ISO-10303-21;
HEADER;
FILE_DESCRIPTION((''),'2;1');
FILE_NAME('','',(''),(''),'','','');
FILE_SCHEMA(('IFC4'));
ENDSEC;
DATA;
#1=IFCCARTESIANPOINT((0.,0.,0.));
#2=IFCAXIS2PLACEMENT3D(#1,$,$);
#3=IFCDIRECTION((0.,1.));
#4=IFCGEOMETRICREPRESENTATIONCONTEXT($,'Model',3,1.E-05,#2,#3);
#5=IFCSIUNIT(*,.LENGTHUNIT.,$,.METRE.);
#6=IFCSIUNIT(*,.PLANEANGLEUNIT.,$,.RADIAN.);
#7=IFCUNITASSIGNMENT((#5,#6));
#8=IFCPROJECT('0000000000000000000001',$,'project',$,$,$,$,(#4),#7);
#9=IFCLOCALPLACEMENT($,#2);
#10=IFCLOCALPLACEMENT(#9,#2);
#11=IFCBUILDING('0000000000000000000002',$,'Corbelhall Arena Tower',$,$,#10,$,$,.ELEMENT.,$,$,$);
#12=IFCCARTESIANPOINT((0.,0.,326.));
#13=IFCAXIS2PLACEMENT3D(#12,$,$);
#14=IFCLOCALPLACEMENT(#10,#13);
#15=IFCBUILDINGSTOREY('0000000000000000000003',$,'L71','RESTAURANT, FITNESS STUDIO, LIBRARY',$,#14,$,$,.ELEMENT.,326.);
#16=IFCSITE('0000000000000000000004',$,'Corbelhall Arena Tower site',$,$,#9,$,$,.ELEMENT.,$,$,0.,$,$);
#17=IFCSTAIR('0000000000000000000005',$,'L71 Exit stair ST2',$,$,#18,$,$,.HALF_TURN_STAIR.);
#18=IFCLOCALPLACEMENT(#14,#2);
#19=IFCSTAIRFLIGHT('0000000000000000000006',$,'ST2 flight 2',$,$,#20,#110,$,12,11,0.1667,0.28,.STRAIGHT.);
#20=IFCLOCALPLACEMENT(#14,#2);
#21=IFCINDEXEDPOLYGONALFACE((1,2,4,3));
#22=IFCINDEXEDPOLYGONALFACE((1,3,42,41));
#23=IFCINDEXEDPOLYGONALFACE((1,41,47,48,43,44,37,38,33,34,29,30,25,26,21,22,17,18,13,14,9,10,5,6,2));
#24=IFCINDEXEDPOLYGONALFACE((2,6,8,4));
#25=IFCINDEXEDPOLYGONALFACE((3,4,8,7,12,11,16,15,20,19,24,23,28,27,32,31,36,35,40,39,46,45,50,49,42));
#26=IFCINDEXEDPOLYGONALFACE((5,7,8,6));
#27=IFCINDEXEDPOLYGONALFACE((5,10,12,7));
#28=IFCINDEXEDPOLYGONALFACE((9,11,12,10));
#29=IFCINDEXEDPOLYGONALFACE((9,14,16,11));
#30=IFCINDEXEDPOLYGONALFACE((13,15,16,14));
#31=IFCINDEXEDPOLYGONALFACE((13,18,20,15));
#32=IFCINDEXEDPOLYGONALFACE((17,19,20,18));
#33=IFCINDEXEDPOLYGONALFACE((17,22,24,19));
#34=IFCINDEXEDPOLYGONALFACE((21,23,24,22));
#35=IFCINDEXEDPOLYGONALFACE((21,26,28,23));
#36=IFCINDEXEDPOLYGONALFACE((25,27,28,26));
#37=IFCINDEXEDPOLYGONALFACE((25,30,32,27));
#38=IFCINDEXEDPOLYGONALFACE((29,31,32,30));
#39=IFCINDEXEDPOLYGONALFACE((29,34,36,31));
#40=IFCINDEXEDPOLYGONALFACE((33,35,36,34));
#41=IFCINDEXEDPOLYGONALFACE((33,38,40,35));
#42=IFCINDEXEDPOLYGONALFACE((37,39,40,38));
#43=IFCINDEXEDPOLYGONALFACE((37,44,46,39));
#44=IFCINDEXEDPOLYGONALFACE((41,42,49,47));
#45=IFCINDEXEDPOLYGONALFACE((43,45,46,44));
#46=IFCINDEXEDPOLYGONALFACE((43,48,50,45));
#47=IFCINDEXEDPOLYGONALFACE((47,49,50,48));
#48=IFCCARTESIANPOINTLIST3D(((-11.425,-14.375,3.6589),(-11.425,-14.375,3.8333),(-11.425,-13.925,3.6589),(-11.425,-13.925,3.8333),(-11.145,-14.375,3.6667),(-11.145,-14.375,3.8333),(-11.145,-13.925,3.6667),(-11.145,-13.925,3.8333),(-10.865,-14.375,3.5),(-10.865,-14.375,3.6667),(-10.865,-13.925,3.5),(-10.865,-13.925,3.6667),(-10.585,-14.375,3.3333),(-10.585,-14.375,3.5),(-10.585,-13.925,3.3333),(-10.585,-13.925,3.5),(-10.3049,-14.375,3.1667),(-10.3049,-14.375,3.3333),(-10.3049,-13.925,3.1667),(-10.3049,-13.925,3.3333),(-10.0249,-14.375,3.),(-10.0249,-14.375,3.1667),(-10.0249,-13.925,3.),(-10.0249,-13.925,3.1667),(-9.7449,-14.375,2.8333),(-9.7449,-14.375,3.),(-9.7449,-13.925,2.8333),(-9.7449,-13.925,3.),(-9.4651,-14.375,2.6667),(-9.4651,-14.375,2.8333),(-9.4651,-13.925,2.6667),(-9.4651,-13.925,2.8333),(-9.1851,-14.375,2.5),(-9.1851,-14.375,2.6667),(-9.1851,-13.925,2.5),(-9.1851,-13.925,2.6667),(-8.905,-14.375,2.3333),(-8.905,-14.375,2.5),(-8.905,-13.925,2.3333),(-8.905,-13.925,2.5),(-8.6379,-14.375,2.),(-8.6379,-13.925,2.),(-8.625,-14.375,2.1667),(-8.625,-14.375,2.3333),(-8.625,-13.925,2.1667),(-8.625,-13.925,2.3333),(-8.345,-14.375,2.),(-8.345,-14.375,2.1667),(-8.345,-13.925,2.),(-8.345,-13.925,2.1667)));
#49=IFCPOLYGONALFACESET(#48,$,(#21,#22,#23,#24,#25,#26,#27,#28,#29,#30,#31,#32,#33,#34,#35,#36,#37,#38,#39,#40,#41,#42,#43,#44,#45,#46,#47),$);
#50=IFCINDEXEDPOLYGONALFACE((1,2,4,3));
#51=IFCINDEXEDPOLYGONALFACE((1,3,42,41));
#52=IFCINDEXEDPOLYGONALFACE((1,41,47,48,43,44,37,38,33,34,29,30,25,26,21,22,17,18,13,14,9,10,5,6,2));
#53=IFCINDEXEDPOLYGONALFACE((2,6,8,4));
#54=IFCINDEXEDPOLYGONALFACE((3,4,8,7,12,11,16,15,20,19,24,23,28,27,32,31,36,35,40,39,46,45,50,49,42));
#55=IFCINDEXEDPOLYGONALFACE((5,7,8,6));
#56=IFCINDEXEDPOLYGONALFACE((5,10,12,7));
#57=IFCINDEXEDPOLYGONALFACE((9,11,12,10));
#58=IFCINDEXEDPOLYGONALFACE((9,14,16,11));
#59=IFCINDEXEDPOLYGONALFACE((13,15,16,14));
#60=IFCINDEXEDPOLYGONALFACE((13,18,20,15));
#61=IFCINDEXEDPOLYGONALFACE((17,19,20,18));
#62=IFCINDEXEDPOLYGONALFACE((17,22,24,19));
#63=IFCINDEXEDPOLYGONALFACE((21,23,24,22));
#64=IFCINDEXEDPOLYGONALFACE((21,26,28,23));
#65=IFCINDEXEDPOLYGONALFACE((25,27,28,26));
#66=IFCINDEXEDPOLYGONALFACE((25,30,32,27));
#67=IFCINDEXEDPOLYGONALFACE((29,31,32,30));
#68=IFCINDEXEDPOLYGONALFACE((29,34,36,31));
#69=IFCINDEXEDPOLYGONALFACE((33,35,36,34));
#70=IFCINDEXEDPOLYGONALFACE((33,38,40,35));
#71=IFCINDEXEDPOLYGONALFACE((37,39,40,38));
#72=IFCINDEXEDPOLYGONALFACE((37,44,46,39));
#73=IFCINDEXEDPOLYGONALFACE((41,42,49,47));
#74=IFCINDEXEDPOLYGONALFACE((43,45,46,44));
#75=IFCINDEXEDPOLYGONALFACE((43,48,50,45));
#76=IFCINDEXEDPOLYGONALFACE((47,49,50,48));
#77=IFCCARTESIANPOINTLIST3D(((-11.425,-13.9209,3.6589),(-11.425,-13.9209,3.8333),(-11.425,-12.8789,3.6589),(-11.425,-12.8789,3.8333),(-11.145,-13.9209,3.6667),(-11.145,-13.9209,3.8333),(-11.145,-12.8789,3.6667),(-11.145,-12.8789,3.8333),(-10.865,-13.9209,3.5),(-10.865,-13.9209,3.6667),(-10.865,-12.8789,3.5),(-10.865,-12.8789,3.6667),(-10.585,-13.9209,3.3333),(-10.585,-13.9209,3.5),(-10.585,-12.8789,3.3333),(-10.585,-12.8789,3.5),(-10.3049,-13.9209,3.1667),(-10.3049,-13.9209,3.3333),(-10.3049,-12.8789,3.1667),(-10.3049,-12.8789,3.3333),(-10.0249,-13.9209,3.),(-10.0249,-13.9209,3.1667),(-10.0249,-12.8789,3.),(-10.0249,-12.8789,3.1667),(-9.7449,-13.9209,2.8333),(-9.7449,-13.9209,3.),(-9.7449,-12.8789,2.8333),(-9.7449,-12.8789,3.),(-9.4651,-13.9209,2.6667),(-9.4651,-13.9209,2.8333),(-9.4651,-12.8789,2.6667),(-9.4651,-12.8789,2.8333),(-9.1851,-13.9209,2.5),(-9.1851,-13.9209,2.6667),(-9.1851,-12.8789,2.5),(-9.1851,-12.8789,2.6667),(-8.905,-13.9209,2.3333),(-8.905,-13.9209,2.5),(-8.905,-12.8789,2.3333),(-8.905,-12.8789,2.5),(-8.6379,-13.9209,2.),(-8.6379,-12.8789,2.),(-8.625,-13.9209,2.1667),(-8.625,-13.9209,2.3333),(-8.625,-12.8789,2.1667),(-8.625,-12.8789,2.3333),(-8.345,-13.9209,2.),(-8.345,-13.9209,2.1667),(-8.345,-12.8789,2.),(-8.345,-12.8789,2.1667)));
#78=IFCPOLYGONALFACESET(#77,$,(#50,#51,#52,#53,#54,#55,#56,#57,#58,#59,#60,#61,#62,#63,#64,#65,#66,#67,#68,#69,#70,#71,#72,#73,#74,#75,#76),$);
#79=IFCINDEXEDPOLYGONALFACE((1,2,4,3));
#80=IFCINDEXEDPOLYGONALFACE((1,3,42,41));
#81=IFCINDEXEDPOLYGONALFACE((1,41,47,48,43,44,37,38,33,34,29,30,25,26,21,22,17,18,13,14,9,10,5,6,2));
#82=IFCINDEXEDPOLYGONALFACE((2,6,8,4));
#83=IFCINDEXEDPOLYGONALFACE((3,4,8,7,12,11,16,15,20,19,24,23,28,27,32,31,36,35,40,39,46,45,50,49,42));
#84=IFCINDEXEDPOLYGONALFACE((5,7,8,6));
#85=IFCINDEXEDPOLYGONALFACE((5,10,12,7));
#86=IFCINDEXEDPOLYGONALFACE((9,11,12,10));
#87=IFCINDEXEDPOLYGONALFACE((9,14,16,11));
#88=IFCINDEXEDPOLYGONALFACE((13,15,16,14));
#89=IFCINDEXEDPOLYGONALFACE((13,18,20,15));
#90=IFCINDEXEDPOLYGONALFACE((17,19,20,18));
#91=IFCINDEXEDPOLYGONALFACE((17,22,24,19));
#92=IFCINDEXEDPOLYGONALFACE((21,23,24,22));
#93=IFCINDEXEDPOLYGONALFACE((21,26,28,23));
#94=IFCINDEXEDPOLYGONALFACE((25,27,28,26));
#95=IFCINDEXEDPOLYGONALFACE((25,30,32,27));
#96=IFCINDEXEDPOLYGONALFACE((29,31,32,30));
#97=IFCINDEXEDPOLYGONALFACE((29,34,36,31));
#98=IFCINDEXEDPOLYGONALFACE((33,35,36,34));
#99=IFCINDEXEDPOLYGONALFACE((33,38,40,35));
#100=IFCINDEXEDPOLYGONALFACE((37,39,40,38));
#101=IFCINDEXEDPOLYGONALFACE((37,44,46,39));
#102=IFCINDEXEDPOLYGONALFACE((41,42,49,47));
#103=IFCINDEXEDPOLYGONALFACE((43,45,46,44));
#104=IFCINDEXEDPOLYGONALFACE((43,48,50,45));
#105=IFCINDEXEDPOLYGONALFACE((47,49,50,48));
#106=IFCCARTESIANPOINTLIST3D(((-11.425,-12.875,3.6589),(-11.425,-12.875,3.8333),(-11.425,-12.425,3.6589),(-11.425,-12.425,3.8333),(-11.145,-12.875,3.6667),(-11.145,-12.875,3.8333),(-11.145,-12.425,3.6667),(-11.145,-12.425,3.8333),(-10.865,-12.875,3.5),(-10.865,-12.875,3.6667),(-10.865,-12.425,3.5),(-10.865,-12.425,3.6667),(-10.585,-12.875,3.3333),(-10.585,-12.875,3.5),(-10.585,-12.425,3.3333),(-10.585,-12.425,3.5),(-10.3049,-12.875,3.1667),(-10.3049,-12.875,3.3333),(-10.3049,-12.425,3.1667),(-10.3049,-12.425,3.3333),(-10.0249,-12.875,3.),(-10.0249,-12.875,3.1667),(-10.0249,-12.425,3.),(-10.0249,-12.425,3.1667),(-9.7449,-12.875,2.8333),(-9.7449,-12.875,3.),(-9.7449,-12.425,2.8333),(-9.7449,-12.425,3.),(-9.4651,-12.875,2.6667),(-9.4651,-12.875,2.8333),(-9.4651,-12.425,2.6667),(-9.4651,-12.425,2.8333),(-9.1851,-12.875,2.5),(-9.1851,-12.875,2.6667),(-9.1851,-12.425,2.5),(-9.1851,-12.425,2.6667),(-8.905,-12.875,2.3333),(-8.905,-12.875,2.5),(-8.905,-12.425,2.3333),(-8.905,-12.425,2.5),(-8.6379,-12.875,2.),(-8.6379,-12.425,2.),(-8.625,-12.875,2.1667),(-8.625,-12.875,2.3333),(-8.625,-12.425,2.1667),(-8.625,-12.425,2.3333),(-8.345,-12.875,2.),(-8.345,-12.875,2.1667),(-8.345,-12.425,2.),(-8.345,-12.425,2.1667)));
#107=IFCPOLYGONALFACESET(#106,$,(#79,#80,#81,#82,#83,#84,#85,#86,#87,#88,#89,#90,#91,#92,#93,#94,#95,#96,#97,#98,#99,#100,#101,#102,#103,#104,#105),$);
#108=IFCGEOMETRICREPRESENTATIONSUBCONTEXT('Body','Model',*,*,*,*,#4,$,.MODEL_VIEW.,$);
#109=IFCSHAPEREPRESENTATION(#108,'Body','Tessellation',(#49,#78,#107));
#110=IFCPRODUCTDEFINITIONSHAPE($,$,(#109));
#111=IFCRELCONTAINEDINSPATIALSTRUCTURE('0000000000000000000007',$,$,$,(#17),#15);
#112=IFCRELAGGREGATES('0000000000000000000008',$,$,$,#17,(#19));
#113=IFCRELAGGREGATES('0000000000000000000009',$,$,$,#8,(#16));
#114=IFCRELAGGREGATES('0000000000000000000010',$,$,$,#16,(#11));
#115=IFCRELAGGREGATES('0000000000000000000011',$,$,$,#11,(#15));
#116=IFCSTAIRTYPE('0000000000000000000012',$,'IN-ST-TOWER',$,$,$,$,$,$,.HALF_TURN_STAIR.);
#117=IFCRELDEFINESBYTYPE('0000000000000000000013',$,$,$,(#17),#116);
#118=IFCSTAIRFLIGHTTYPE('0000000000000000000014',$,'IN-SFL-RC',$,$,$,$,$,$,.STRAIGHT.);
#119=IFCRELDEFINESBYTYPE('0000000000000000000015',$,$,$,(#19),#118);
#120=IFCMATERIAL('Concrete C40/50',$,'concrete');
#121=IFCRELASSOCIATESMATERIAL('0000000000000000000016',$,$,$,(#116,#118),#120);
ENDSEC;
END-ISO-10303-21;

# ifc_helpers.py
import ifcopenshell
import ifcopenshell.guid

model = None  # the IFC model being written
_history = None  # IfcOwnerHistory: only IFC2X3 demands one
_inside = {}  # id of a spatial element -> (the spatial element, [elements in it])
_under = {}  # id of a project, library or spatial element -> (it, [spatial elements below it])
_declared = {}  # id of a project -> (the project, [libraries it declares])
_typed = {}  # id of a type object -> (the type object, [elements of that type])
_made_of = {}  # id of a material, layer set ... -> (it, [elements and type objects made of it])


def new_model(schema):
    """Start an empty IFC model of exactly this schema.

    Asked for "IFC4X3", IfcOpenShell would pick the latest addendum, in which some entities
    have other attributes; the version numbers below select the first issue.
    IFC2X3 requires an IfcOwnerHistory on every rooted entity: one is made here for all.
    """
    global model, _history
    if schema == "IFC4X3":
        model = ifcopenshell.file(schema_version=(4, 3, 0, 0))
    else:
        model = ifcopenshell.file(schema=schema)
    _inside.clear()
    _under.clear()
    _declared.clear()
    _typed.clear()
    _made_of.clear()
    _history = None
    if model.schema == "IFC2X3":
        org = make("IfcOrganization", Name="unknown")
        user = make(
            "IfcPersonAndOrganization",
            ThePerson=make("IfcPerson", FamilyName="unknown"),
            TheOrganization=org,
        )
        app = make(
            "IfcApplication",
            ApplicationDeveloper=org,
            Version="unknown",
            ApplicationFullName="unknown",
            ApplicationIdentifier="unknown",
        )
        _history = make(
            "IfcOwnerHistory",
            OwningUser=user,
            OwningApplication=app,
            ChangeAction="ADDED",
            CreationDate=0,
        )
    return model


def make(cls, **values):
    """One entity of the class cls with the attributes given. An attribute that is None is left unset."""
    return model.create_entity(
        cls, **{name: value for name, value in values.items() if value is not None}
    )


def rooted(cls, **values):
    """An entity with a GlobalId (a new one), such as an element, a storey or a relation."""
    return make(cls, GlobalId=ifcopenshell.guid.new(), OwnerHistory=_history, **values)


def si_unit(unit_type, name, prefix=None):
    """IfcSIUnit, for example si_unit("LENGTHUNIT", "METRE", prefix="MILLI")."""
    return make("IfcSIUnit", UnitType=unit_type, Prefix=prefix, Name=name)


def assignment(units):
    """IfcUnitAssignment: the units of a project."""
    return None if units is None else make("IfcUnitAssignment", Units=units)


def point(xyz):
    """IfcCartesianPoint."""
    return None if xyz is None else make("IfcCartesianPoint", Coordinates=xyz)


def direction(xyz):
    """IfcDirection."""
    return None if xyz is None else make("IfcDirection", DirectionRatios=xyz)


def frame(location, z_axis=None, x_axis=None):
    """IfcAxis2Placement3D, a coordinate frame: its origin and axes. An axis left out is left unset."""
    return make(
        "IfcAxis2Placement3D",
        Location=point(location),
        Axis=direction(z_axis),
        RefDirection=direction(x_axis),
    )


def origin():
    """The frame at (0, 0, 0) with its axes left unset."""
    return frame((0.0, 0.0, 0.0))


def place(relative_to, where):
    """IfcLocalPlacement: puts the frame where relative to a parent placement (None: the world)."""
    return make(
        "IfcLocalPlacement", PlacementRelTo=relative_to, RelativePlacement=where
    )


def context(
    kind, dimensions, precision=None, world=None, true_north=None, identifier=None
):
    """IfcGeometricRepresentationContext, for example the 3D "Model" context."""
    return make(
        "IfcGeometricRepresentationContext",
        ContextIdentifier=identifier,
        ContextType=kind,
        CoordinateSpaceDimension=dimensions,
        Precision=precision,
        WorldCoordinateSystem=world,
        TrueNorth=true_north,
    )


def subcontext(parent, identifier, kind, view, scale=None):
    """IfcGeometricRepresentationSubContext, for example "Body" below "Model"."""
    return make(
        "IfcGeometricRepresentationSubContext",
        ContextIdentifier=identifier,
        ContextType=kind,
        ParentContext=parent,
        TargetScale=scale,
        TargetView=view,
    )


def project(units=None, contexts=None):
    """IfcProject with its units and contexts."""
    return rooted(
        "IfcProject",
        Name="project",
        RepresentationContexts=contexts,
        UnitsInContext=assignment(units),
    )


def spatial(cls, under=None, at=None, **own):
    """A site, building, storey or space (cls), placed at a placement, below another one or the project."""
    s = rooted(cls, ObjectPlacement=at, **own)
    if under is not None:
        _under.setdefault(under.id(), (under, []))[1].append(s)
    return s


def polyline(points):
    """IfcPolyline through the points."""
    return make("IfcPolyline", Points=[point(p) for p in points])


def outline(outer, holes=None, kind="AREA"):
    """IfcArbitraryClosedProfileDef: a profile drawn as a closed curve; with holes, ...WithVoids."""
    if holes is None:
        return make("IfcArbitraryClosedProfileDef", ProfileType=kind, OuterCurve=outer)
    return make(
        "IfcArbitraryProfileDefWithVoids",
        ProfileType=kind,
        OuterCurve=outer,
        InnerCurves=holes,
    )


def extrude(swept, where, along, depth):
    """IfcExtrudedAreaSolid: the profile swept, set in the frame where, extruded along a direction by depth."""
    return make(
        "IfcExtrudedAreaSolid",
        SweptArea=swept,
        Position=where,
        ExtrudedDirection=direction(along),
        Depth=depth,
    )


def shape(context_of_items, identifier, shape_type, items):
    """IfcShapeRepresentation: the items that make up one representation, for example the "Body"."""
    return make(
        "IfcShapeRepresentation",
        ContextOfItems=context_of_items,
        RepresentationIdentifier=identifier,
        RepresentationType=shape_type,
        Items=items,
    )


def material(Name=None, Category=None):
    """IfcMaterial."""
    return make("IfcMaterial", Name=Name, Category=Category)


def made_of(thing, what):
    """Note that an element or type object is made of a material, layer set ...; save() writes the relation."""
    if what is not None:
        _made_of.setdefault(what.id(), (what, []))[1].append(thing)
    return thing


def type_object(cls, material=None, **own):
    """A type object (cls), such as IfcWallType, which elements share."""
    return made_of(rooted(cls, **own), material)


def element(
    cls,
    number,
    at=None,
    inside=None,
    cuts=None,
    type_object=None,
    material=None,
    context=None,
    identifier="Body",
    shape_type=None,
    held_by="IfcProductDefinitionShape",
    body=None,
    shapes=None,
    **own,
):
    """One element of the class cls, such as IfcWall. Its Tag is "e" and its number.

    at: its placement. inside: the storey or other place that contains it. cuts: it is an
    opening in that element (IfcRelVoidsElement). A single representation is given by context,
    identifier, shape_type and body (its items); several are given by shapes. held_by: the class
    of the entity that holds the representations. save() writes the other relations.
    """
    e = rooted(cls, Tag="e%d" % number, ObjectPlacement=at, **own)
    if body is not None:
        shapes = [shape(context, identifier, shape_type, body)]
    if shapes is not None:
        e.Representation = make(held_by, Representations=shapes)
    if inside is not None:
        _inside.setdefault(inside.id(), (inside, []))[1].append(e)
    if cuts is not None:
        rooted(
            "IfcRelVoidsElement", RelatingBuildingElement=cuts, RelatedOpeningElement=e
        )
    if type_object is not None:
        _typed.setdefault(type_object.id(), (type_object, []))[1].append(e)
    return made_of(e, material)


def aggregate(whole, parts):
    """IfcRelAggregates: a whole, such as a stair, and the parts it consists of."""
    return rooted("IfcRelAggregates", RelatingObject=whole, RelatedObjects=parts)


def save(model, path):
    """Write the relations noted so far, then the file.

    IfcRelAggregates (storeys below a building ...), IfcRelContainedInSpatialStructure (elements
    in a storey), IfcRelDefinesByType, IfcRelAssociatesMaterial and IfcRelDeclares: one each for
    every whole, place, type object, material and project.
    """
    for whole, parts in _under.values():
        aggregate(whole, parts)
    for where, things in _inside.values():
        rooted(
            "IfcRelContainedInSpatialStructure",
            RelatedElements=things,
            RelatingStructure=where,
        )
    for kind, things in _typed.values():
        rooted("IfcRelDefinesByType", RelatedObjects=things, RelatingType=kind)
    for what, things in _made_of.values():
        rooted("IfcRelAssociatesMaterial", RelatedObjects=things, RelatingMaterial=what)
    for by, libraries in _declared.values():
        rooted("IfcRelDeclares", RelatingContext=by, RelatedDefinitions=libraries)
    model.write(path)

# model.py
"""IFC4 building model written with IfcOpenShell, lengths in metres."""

from ifc_helpers import new_model, si_unit, direction, frame, origin, place, context, subcontext, project, spatial, polyline, outline, extrude, material, type_object, element, aggregate, save


model = new_model("IFC4")

# Units and contexts
model_context = context("Model", 3, precision=1e-05, world=origin(), true_north=direction((0.0, 1.0)))
body_context = subcontext(model_context, "Body", "Model", "MODEL_VIEW")
ifc_project = project(units=[si_unit("LENGTHUNIT", "METRE"), si_unit("PLANEANGLEUNIT", "RADIAN")], contexts=[model_context])

# Site, building, storey
site_placement = place(None, origin())
site = spatial("IfcSite", under=ifc_project, at=site_placement, Name="Corbelhall Arena Tower site", CompositionType="ELEMENT", RefElevation=0.0)
building_placement = place(site_placement, origin())
building = spatial("IfcBuilding", under=site, at=building_placement, Name="Corbelhall Arena Tower", CompositionType="ELEMENT")
storey_placement = place(building_placement, frame((0.0, 0.0, 326.0)))
storey = spatial("IfcBuildingStorey", under=building, at=storey_placement, Name="L71", Description="RESTAURANT, FITNESS STUDIO, LIBRARY", CompositionType="ELEMENT", Elevation=326.0)

# Shared definitions
ifc_material_1 = material(Name="Concrete C40/50", Category="concrete")

# Stair, stair flight
stair_type = type_object("IfcStairType", Name="IN-ST-TOWER", PredefinedType="HALF_TURN_STAIR", material=ifc_material_1)
stair_placement = place(storey_placement, origin())
stair = element("IfcStair", 1, at=stair_placement, inside=storey, type_object=stair_type, Name="L71 Exit stair ST2", PredefinedType="HALF_TURN_STAIR")
stair_flight_type = type_object("IfcStairFlightType", Name="IN-SFL-RC", PredefinedType="STRAIGHT", material=ifc_material_1)
stair_flight_1_placement = place(storey_placement, frame((-8.345, -13.3999, 2.0), z_axis=(0.0, 0.0, 1.0), x_axis=(-1.0, 0.0, 0.0)))
stair_flight_1 = element("IfcStairFlight", 2, at=stair_flight_1_placement, type_object=stair_flight_type, Name="ST2 flight 2", NumberOfRisers=12, NumberOfTreads=11, PredefinedType="STRAIGHT", RiserHeight=0.1667, TreadLength=0.28, context=body_context, shape_type="SweptSolid", body=[
    extrude(outline(polyline([(0.0, 0.0), (0.0, 0.1667), (0.28, 0.1667), (0.28, 0.3333), (0.5601, 0.3333), (0.5601, 0.5), (0.8401, 0.5), (0.8401, 0.6667), (1.1201, 0.6667), (1.1201, 0.8333), (1.3999, 0.8333), (1.3999, 1.0), (1.6799, 1.0), (1.6799, 1.1667), (1.96, 1.1667), (1.96, 1.3333), (2.24, 1.3333), (2.24, 1.5), (2.52, 1.5), (2.52, 1.6667), (2.8, 1.6667), (2.8, 1.8333), (3.0801, 1.8333), (3.0801, 2.0), (3.0801, 1.6589), (0.293, 0.0), (0.0, 0.0)])), frame((0.0, 0.9751, 0.0), z_axis=(0.0, -1.0, 0.0), x_axis=(1.0, 0.0, 0.0)), (0.0, 0.0, 1.0), 0.45),
    extrude(outline(polyline([(0.0, 0.0), (0.0, 0.1667), (0.28, 0.1667), (0.28, 0.3333), (0.5601, 0.3333), (0.5601, 0.5), (0.8401, 0.5), (0.8401, 0.6667), (1.1201, 0.6667), (1.1201, 0.8333), (1.3999, 0.8333), (1.3999, 1.0), (1.6799, 1.0), (1.6799, 1.1667), (1.96, 1.1667), (1.96, 1.3333), (2.24, 1.3333), (2.24, 1.5), (2.52, 1.5), (2.52, 1.6667), (2.8, 1.6667), (2.8, 1.8333), (3.0801, 1.8333), (3.0801, 2.0), (3.0801, 1.6589), (0.293, 0.0), (0.0, 0.0)])), frame((0.0, 0.521, 0.0), z_axis=(0.0, -1.0, 0.0), x_axis=(1.0, 0.0, 0.0)), (0.0, 0.0, 1.0), 1.042),
    extrude(outline(polyline([(0.0, 0.0), (0.0, 0.1667), (0.28, 0.1667), (0.28, 0.3333), (0.5601, 0.3333), (0.5601, 0.5), (0.8401, 0.5), (0.8401, 0.6667), (1.1201, 0.6667), (1.1201, 0.8333), (1.3999, 0.8333), (1.3999, 1.0), (1.6799, 1.0), (1.6799, 1.1667), (1.96, 1.1667), (1.96, 1.3333), (2.24, 1.3333), (2.24, 1.5), (2.52, 1.5), (2.52, 1.6667), (2.8, 1.6667), (2.8, 1.8333), (3.0801, 1.8333), (3.0801, 2.0), (3.0801, 1.6589), (0.293, 0.0), (0.0, 0.0)])), frame((0.0, -0.5249, 0.0), z_axis=(0.0, -1.0, 0.0), x_axis=(1.0, 0.0, 0.0)), (0.0, 0.0, 1.0), 0.45),
])
aggregate(stair, [stair_flight_1])

save(model, "model.ifc")
